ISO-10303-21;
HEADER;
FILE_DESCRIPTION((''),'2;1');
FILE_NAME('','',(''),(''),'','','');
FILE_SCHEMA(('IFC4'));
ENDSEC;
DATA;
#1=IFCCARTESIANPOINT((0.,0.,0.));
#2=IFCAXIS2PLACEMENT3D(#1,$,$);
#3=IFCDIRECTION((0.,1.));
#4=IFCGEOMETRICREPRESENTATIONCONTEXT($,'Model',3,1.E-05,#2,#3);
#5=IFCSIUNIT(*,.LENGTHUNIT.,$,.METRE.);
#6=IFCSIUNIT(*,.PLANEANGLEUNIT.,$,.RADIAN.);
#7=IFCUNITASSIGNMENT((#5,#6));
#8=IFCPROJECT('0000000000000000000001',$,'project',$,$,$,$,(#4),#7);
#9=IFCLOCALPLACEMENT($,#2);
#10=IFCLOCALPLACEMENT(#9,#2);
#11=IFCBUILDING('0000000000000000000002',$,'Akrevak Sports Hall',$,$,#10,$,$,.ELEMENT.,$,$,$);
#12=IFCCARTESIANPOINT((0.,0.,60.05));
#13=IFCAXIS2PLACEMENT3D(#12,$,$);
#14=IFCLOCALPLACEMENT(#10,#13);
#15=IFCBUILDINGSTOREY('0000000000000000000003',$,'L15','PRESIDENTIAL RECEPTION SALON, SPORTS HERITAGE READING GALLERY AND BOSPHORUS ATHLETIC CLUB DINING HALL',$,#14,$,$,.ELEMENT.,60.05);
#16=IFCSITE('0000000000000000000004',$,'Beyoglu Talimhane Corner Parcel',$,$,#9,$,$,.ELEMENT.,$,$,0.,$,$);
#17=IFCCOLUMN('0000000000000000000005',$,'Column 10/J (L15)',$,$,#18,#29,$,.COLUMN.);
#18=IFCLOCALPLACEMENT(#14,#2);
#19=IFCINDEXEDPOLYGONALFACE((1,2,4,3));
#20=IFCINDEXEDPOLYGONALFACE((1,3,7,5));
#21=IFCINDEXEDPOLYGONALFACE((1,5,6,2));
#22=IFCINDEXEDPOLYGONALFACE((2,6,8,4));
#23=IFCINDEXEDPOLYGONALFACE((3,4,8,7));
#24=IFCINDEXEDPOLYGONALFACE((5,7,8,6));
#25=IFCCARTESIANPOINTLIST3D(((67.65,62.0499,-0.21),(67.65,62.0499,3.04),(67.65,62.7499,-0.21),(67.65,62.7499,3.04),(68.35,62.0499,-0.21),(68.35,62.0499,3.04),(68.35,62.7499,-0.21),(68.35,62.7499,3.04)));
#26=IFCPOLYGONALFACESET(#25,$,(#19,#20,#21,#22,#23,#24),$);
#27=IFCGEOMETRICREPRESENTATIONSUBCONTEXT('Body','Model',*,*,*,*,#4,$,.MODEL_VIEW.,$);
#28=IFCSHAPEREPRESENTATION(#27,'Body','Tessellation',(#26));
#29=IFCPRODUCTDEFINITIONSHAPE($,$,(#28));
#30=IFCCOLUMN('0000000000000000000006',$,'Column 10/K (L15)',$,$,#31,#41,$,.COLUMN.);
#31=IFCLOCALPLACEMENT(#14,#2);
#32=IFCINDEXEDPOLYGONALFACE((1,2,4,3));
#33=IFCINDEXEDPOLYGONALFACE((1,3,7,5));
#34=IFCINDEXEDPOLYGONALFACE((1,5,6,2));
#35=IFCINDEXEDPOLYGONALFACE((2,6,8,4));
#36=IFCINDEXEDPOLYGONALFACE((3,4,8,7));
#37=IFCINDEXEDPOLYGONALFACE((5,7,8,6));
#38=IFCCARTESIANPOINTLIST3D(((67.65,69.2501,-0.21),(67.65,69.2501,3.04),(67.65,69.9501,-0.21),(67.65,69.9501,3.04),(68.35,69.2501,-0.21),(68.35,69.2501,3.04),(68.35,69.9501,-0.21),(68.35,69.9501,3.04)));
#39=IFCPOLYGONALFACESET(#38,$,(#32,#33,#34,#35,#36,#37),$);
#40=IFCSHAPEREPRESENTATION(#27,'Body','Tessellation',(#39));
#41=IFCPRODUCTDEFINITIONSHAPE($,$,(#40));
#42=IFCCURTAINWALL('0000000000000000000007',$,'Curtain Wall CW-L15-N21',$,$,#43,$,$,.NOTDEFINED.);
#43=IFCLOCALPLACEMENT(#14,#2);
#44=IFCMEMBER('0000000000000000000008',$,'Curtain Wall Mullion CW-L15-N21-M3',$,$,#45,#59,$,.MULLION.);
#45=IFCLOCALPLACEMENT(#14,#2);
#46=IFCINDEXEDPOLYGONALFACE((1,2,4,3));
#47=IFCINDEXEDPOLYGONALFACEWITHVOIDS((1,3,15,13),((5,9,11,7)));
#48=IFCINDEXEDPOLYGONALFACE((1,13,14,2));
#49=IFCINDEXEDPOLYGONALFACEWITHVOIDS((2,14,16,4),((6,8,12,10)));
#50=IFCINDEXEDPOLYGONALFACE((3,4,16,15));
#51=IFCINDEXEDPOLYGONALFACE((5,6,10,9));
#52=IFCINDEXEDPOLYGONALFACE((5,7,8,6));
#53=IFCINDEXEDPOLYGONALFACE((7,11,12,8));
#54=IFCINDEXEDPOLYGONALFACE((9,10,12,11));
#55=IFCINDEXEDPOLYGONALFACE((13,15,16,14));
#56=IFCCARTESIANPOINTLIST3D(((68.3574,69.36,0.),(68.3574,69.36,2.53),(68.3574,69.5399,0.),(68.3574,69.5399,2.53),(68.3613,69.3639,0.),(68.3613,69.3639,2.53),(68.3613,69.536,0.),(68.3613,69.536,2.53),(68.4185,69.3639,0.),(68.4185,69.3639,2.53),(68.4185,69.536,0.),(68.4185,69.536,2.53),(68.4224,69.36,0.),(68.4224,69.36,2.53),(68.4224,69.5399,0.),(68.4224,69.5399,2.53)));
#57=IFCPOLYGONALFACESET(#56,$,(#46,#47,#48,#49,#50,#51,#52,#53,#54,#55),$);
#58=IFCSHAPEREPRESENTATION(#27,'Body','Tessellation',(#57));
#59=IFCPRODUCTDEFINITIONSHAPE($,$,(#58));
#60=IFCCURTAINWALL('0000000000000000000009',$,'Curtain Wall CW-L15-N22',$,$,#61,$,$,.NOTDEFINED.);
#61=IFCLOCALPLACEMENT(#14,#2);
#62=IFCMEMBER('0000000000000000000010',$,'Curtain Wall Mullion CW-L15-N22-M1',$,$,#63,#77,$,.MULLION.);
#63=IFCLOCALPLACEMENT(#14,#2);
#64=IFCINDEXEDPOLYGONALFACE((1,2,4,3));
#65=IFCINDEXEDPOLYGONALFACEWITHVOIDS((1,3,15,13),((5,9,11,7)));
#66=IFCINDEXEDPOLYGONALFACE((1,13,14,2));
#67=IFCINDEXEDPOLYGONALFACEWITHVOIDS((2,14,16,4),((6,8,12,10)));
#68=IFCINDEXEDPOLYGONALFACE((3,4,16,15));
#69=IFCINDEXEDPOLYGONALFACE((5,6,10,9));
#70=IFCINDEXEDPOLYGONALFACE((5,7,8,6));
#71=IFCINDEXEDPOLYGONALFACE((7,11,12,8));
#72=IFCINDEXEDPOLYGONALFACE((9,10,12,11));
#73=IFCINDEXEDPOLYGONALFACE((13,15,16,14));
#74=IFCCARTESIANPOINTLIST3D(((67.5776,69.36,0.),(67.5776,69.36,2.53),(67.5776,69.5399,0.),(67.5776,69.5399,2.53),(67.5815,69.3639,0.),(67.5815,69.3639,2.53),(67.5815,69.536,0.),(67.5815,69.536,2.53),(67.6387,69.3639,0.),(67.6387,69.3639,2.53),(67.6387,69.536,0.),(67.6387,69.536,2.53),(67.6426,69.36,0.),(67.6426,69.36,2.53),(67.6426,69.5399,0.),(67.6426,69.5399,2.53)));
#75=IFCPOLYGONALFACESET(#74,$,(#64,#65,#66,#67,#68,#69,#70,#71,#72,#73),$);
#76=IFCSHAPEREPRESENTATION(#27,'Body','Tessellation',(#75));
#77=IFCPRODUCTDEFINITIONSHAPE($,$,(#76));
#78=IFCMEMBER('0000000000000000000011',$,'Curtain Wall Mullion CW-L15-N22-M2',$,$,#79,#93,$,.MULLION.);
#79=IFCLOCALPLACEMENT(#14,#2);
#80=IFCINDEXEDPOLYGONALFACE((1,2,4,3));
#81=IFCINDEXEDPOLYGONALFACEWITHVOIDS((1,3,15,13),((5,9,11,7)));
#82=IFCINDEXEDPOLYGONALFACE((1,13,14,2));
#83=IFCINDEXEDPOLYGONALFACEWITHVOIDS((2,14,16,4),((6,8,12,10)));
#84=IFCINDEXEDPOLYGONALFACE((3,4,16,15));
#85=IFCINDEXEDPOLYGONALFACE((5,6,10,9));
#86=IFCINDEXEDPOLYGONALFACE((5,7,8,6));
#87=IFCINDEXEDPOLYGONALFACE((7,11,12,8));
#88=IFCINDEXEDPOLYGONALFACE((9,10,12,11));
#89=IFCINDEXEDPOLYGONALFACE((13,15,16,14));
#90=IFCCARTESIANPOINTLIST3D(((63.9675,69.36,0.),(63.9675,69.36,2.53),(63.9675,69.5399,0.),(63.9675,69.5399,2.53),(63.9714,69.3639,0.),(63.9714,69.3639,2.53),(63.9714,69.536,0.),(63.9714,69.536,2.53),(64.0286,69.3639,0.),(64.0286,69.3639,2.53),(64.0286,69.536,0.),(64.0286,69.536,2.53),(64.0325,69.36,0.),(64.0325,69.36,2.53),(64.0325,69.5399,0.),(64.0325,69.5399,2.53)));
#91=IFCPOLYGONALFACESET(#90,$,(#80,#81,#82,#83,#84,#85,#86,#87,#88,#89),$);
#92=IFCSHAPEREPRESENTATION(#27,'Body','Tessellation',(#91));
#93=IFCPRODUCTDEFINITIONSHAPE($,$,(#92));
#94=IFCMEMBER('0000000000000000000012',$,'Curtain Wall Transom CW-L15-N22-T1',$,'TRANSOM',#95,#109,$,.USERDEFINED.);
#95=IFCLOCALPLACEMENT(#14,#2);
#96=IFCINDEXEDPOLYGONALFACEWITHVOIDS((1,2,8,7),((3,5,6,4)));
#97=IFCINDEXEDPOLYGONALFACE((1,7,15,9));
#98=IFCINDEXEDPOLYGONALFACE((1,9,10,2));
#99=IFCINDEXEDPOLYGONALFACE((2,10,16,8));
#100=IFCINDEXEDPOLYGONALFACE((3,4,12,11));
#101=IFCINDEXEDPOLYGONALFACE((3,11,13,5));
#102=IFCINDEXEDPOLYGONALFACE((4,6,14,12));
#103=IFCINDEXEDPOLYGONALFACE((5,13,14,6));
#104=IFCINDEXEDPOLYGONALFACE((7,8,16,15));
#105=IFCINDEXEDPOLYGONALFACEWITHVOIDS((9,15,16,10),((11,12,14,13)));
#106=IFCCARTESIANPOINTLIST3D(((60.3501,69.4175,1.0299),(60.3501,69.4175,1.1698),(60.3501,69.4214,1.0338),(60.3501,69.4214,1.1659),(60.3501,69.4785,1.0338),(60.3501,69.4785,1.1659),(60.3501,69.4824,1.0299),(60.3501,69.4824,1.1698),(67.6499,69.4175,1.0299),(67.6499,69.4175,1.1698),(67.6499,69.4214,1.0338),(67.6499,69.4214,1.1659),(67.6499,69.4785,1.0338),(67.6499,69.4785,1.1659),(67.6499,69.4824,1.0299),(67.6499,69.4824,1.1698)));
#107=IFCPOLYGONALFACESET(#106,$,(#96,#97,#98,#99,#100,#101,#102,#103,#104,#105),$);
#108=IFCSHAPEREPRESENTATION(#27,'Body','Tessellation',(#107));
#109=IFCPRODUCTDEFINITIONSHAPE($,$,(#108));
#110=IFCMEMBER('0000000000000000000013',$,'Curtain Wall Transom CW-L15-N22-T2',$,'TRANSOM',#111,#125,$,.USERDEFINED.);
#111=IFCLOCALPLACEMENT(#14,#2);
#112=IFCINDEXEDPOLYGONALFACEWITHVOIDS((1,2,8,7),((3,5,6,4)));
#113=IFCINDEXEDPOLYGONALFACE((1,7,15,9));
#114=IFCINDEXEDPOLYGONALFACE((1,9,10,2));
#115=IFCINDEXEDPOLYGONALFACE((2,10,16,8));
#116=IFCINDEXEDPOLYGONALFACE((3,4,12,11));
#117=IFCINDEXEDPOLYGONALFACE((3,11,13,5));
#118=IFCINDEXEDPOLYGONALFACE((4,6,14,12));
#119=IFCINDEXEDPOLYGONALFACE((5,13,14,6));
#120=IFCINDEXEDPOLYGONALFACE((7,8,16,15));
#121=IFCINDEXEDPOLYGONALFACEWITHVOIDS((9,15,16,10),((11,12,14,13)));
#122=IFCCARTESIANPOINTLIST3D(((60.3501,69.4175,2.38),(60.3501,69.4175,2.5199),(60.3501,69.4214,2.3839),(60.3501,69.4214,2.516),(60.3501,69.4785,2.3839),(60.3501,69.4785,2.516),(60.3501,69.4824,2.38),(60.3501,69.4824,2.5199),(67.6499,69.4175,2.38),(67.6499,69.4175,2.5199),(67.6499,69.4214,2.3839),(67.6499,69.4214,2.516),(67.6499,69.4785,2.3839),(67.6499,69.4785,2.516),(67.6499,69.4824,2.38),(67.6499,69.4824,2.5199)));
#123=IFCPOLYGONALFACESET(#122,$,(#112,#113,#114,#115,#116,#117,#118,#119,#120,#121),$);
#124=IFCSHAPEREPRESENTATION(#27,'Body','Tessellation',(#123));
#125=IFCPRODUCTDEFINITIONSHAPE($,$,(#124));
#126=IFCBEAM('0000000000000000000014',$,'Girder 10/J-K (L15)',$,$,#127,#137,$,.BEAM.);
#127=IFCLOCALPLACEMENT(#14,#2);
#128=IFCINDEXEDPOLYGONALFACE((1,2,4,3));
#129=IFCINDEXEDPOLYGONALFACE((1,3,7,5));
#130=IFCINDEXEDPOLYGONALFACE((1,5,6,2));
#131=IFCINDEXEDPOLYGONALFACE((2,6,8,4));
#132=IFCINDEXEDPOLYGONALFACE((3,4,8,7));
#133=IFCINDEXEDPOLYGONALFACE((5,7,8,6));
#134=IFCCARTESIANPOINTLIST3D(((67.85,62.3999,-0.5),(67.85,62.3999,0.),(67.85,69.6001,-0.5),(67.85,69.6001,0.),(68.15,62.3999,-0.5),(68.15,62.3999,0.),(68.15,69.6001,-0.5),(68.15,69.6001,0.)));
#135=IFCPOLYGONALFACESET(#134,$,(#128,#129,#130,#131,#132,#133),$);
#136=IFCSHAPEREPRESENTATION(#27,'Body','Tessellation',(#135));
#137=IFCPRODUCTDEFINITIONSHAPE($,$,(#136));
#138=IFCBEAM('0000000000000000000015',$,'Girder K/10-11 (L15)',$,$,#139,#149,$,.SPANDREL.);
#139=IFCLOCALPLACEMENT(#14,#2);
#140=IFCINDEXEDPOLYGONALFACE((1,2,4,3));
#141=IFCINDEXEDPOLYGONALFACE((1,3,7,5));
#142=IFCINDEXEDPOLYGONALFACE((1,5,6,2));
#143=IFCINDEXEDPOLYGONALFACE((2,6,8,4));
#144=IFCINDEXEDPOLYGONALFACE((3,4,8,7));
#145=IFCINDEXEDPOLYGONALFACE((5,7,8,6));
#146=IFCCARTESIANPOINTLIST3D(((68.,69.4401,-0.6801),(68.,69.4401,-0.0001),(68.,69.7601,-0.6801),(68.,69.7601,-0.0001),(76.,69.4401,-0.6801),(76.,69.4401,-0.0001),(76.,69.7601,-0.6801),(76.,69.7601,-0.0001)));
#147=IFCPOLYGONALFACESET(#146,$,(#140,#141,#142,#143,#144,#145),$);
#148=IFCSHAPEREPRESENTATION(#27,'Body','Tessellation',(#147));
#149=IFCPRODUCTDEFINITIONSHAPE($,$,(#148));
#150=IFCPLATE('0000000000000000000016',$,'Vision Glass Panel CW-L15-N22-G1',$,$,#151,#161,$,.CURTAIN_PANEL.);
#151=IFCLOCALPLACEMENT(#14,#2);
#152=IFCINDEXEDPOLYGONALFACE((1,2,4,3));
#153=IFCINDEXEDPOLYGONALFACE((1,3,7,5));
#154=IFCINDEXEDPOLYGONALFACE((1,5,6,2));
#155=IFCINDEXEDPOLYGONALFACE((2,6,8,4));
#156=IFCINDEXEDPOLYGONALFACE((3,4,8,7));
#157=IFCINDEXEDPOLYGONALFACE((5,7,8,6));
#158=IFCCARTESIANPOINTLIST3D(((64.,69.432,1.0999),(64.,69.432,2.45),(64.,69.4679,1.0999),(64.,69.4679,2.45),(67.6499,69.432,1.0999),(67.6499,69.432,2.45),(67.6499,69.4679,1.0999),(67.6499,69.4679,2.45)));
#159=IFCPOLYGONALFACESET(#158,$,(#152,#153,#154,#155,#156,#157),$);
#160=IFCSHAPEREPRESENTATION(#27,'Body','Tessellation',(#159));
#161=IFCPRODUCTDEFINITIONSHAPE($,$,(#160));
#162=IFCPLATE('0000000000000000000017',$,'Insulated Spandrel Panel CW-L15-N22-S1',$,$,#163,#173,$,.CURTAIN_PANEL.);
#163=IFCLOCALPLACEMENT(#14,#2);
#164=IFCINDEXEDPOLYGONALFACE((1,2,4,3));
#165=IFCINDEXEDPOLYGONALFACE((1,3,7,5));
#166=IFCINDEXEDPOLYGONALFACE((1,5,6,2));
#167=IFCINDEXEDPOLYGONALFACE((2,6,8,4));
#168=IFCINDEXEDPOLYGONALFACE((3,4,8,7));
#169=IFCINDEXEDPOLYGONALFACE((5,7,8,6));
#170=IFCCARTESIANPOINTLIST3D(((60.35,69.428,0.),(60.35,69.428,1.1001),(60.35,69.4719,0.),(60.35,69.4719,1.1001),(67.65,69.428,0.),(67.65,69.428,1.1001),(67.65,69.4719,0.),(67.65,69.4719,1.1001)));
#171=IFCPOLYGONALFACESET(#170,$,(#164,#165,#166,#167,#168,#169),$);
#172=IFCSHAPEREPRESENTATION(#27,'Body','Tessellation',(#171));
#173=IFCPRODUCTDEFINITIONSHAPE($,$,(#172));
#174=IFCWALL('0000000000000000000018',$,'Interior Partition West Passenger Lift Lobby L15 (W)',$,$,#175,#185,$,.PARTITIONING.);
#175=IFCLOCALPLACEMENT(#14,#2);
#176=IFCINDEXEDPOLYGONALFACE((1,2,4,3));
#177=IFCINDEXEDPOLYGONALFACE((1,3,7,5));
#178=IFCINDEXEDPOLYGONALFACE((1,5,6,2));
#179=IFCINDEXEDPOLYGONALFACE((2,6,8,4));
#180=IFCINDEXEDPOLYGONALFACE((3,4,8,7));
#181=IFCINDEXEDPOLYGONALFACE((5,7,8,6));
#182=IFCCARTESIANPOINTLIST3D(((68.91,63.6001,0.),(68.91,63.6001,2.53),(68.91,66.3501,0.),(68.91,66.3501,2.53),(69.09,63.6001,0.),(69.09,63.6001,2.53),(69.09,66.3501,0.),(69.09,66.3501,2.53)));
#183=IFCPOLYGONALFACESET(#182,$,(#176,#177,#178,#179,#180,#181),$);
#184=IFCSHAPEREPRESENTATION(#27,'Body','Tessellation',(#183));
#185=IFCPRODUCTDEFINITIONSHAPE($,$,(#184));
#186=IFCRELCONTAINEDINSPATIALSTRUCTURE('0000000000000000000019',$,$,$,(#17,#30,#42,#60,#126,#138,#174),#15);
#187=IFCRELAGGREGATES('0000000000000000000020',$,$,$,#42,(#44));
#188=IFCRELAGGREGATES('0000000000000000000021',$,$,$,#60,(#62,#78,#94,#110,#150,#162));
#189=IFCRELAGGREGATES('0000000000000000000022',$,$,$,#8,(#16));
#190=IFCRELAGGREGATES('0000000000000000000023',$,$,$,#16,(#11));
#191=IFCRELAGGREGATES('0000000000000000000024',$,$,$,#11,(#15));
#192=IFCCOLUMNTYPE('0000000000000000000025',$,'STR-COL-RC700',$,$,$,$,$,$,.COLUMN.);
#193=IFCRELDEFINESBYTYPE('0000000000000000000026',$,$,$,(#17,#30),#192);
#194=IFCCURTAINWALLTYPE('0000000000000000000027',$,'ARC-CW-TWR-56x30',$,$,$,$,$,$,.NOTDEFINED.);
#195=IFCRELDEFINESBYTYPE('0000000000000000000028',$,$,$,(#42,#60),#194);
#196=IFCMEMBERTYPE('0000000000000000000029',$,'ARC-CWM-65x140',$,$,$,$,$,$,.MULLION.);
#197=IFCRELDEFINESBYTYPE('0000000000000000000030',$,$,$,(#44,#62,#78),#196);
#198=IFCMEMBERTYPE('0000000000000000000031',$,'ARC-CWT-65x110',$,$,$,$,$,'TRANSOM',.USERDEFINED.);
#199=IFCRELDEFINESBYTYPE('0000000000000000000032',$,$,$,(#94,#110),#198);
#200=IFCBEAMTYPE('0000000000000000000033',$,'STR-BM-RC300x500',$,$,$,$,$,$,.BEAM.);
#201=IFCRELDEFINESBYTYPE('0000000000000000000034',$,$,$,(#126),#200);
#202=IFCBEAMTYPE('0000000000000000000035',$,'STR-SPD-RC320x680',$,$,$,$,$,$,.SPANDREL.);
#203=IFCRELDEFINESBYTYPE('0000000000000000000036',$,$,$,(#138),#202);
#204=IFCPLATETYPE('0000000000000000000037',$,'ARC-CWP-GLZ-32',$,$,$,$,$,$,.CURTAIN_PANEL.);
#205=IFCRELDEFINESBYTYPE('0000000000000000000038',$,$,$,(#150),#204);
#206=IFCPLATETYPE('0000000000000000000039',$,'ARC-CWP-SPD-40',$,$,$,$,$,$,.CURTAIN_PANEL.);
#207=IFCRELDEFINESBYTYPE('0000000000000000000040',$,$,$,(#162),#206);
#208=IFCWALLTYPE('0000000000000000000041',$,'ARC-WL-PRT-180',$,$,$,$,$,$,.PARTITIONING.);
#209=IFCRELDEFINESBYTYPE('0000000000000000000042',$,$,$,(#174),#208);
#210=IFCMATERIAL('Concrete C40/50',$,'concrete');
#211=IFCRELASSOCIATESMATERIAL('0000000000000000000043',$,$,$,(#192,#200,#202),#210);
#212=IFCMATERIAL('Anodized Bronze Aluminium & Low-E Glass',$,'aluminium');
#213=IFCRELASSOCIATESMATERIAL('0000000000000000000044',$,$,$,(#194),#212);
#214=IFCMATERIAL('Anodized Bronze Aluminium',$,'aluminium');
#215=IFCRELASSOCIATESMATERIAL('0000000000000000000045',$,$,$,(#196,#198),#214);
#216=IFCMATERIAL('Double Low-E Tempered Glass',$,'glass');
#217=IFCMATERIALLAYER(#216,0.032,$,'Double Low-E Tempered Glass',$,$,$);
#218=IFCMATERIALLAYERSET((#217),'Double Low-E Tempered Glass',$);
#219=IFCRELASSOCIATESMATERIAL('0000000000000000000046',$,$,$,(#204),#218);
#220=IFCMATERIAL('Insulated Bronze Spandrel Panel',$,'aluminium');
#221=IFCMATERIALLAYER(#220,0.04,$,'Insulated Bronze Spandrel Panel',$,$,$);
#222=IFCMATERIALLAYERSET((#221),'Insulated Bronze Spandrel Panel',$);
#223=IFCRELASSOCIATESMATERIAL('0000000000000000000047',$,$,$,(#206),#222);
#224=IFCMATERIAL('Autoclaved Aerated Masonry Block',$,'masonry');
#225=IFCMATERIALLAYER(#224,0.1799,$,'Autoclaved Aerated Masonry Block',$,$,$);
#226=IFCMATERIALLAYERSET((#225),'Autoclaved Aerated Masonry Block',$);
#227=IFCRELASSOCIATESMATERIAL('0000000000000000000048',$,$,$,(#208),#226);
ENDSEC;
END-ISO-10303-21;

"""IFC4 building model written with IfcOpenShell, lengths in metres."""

from ifc_helpers import new_model, si_unit, direction, frame, frame_2d, origin, origin_2d, place, context, subcontext, project, spatial, rectangle, hollow_rectangle, extrude, material, layer, layer_set, material_profile, profile_set, type_object, element, aggregate, save


model = new_model("IFC4")

# Units and contexts
model_context = context("Model", 3, precision=1e-05, world=origin(), true_north=direction((0.0, 1.0)))
body_context = subcontext(model_context, "Body", "Model", "MODEL_VIEW")
ifc_project = project(units=[si_unit("LENGTHUNIT", "METRE"), si_unit("PLANEANGLEUNIT", "RADIAN")], contexts=[model_context])

# Site, building, storey
site_placement = place(None, origin())
site = spatial("IfcSite", under=ifc_project, at=site_placement, Name="Beyoglu Talimhane Corner Parcel", CompositionType="ELEMENT", RefElevation=0.0)
building_placement = place(site_placement, origin())
building = spatial("IfcBuilding", under=site, at=building_placement, Name="Akrevak Sports Hall", CompositionType="ELEMENT")
storey_placement = place(building_placement, frame((0.0, 0.0, 60.05)))
storey = spatial("IfcBuildingStorey", under=building, at=storey_placement, Name="L15", Description="PRESIDENTIAL RECEPTION SALON, SPORTS HERITAGE READING GALLERY AND BOSPHORUS ATHLETIC CLUB DINING HALL", CompositionType="ELEMENT", Elevation=60.05)

# Columns
ifc_material_1 = material(Name="Concrete C40/50", Category="concrete")
ifc_material_profile_1 = material_profile(ifc_material_1, rectangle(XDim=0.7, YDim=0.7, at=origin_2d()), Name="RC 700x700", Category="concrete")
ifc_profile_set_1 = profile_set([ifc_material_profile_1], Name="Concrete C40/50")
column_type = type_object("IfcColumnType", Name="STR-COL-RC700", PredefinedType="COLUMN", material=ifc_profile_set_1)
for number, where, z_axis, x_axis, name in (
    (1, (68.0, 62.3999, -0.21), (0.0, 0.0, 1.0), (1.0, 0.0, 0.0), "Column 10/J (L15)"),
    (2, (68.0, 69.6001, -0.21), (0.0, 0.0, 1.0), (1.0, 0.0, 0.0), "Column 10/K (L15)"),
):
    element("IfcColumn", number, at=place(storey_placement, frame(where, z_axis=z_axis, x_axis=x_axis)), inside=storey, type_object=column_type, Name=name, PredefinedType="COLUMN", context=body_context, shape_type="SweptSolid", body=[
        extrude(rectangle(XDim=0.7, YDim=0.7, at=origin_2d()), origin(), (0.0, 0.0, 1.0), 3.25),
    ])

# Curtain wall, member
ifc_material_2 = material(Name="Anodized Bronze Aluminium & Low-E Glass", Category="aluminium")
curtain_wall_type = type_object("IfcCurtainWallType", Name="ARC-CW-TWR-56x30", PredefinedType="NOTDEFINED", material=ifc_material_2)
curtain_wall_1_placement = place(storey_placement, origin())
curtain_wall_1 = element("IfcCurtainWall", 3, at=curtain_wall_1_placement, inside=storey, type_object=curtain_wall_type, Name="Curtain Wall CW-L15-N21", PredefinedType="NOTDEFINED")
ifc_material_3 = material(Name="Anodized Bronze Aluminium", Category="aluminium")
ifc_material_profile_2 = material_profile(ifc_material_3, hollow_rectangle(XDim=0.0649, YDim=0.1799, WallThickness=0.0039, at=origin_2d()), Name="CWM 65x180", Category="aluminium")
ifc_profile_set_2 = profile_set([ifc_material_profile_2], Name="Anodized Bronze Aluminium")
member_type_1 = type_object("IfcMemberType", Name="ARC-CWM-65x140", PredefinedType="MULLION", material=ifc_profile_set_2)
member_1_placement = place(storey_placement, frame((68.3899, 69.45, 0.0), z_axis=(0.0, 0.0, 1.0), x_axis=(-1.0, 0.0, 0.0)))
member_1 = element("IfcMember", 4, at=member_1_placement, type_object=member_type_1, Name="Curtain Wall Mullion CW-L15-N21-M3", PredefinedType="MULLION", context=body_context, shape_type="SweptSolid", body=[
    extrude(hollow_rectangle(XDim=0.0649, YDim=0.1799, WallThickness=0.0039, at=origin_2d()), origin(), (0.0, 0.0, 1.0), 2.53),
])
aggregate(curtain_wall_1, [member_1])

# Curtain wall, members
curtain_wall_2_placement = place(storey_placement, origin())
curtain_wall_2 = element("IfcCurtainWall", 5, at=curtain_wall_2_placement, inside=storey, type_object=curtain_wall_type, Name="Curtain Wall CW-L15-N22", PredefinedType="NOTDEFINED")
member_2_placement = place(storey_placement, frame((67.6101, 69.45, 0.0), z_axis=(0.0, 0.0, 1.0), x_axis=(-1.0, 0.0, 0.0)))
member_2 = element("IfcMember", 6, at=member_2_placement, type_object=member_type_1, Name="Curtain Wall Mullion CW-L15-N22-M1", PredefinedType="MULLION", context=body_context, shape_type="SweptSolid", body=[
    extrude(hollow_rectangle(XDim=0.0649, YDim=0.1799, WallThickness=0.0039, at=origin_2d()), origin(), (0.0, 0.0, 1.0), 2.53),
])
member_3_placement = place(storey_placement, frame((64.0, 69.45, 0.0), z_axis=(0.0, 0.0, 1.0), x_axis=(-1.0, 0.0, 0.0)))
member_3 = element("IfcMember", 7, at=member_3_placement, type_object=member_type_1, Name="Curtain Wall Mullion CW-L15-N22-M2", PredefinedType="MULLION", context=body_context, shape_type="SweptSolid", body=[
    extrude(hollow_rectangle(XDim=0.0649, YDim=0.1799, WallThickness=0.0039, at=origin_2d()), origin(), (0.0, 0.0, 1.0), 2.53),
])
ifc_material_profile_3 = material_profile(ifc_material_3, hollow_rectangle(XDim=0.0649, YDim=0.1399, WallThickness=0.0039, at=origin_2d()), Name="CWT 65x140", Category="aluminium")
ifc_profile_set_3 = profile_set([ifc_material_profile_3], Name="Anodized Bronze Aluminium")
member_type_2 = type_object("IfcMemberType", Name="ARC-CWT-65x110", ElementType="TRANSOM", PredefinedType="USERDEFINED", material=ifc_profile_set_3)
member_4_placement = place(storey_placement, frame((67.6499, 69.45, 1.0999), z_axis=(-1.0, 0.0, 0.0), x_axis=(0.0, -1.0, 0.0)))
member_4 = element("IfcMember", 8, at=member_4_placement, type_object=member_type_2, Name="Curtain Wall Transom CW-L15-N22-T1", ObjectType="TRANSOM", PredefinedType="USERDEFINED", context=body_context, shape_type="SweptSolid", body=[
    extrude(hollow_rectangle(XDim=0.0649, YDim=0.1399, WallThickness=0.0039, at=origin_2d()), origin(), (0.0, 0.0, 1.0), 7.2998),
])
member_5_placement = place(storey_placement, frame((67.6499, 69.45, 2.45), z_axis=(-1.0, 0.0, 0.0), x_axis=(0.0, -1.0, 0.0)))
member_5 = element("IfcMember", 9, at=member_5_placement, type_object=member_type_2, Name="Curtain Wall Transom CW-L15-N22-T2", ObjectType="TRANSOM", PredefinedType="USERDEFINED", context=body_context, shape_type="SweptSolid", body=[
    extrude(hollow_rectangle(XDim=0.0649, YDim=0.1399, WallThickness=0.0039, at=origin_2d()), origin(), (0.0, 0.0, 1.0), 7.2998),
])

# Beams
ifc_material_profile_4 = material_profile(ifc_material_1, rectangle(XDim=0.3, YDim=0.5, at=origin_2d()), Name="BM 300x500", Category="concrete")
ifc_profile_set_4 = profile_set([ifc_material_profile_4], Name="Concrete C40/50")
beam_type_1 = type_object("IfcBeamType", Name="STR-BM-RC300x500", PredefinedType="BEAM", material=ifc_profile_set_4)
beam_1_placement = place(storey_placement, frame((68.0, 62.3999, -0.25), z_axis=(0.0, 1.0, 0.0), x_axis=(-1.0, 0.0, 0.0)))
element("IfcBeam", 10, at=beam_1_placement, inside=storey, type_object=beam_type_1, Name="Girder 10/J-K (L15)", PredefinedType="BEAM", context=body_context, shape_type="SweptSolid", body=[
    extrude(rectangle(XDim=0.3, YDim=0.5, at=origin_2d()), origin(), (0.0, 0.0, 1.0), 7.2002),
])
ifc_material_profile_5 = material_profile(ifc_material_1, rectangle(XDim=0.3201, YDim=0.6799, at=origin_2d()), Name="SPD 320x680", Category="concrete")
ifc_profile_set_5 = profile_set([ifc_material_profile_5], Name="Concrete C40/50")
beam_type_2 = type_object("IfcBeamType", Name="STR-SPD-RC320x680", PredefinedType="SPANDREL", material=ifc_profile_set_5)
beam_2_placement = place(storey_placement, frame((68.0, 69.6001, -0.3401), z_axis=(1.0, 0.0, 0.0), x_axis=(0.0, 1.0, 0.0)))
element("IfcBeam", 11, at=beam_2_placement, inside=storey, type_object=beam_type_2, Name="Girder K/10-11 (L15)", PredefinedType="SPANDREL", context=body_context, shape_type="SweptSolid", body=[
    extrude(rectangle(XDim=0.3201, YDim=0.6799, at=origin_2d()), origin(), (0.0, 0.0, 1.0), 8.0),
])

# Plates
ifc_material_4 = material(Name="Double Low-E Tempered Glass", Category="glass")
ifc_layer_1 = layer(ifc_material_4, 0.032, Name="Double Low-E Tempered Glass")
ifc_layer_set_1 = layer_set([ifc_layer_1], Name="Double Low-E Tempered Glass")
plate_type_1 = type_object("IfcPlateType", Name="ARC-CWP-GLZ-32", PredefinedType="CURTAIN_PANEL", material=ifc_layer_set_1)
plate_1_placement = place(storey_placement, frame((65.825, 69.45, 1.0999), z_axis=(0.0, 0.0, 1.0), x_axis=(-1.0, 0.0, 0.0)))
plate_1 = element("IfcPlate", 12, at=plate_1_placement, type_object=plate_type_1, Name="Vision Glass Panel CW-L15-N22-G1", PredefinedType="CURTAIN_PANEL", context=body_context, shape_type="SweptSolid", body=[
    extrude(rectangle(XDim=3.6499, YDim=0.0359, at=origin_2d()), origin(), (0.0, 0.0, 1.0), 1.3501),
])
ifc_material_5 = material(Name="Insulated Bronze Spandrel Panel", Category="aluminium")
ifc_layer_2 = layer(ifc_material_5, 0.04, Name="Insulated Bronze Spandrel Panel")
ifc_layer_set_2 = layer_set([ifc_layer_2], Name="Insulated Bronze Spandrel Panel")
plate_type_2 = type_object("IfcPlateType", Name="ARC-CWP-SPD-40", PredefinedType="CURTAIN_PANEL", material=ifc_layer_set_2)
plate_2_placement = place(storey_placement, frame((64.0, 69.45, 0.0), z_axis=(0.0, 0.0, 1.0), x_axis=(-1.0, 0.0, 0.0)))
plate_2 = element("IfcPlate", 13, at=plate_2_placement, type_object=plate_type_2, Name="Insulated Spandrel Panel CW-L15-N22-S1", PredefinedType="CURTAIN_PANEL", context=body_context, shape_type="SweptSolid", body=[
    extrude(rectangle(XDim=7.3, YDim=0.0439, at=origin_2d()), origin(), (0.0, 0.0, 1.0), 1.1001),
])
aggregate(curtain_wall_2, [member_2, member_3, member_4, member_5, plate_1, plate_2])

# Wall
ifc_material_6 = material(Name="Autoclaved Aerated Masonry Block", Category="masonry")
ifc_layer_3 = layer(ifc_material_6, 0.1799, Name="Autoclaved Aerated Masonry Block")
ifc_layer_set_3 = layer_set([ifc_layer_3], Name="Autoclaved Aerated Masonry Block")
wall_type_1 = type_object("IfcWallType", Name="ARC-WL-PRT-180", PredefinedType="PARTITIONING", material=ifc_layer_set_3)
wall_1_placement = place(storey_placement, frame((69.0, 63.6001, 0.0), z_axis=(0.0, 0.0, 1.0), x_axis=(0.0, 1.0, 0.0)))
element("IfcWall", 14, at=wall_1_placement, inside=storey, type_object=wall_type_1, Name="Interior Partition West Passenger Lift Lobby L15 (W)", PredefinedType="PARTITIONING", context=body_context, shape_type="SweptSolid", body=[
    extrude(rectangle(XDim=2.75, YDim=0.1799, at=frame_2d((1.375, 0.0))), origin(), (0.0, 0.0, 1.0), 2.53),
])

save(model, "model.ifc")
